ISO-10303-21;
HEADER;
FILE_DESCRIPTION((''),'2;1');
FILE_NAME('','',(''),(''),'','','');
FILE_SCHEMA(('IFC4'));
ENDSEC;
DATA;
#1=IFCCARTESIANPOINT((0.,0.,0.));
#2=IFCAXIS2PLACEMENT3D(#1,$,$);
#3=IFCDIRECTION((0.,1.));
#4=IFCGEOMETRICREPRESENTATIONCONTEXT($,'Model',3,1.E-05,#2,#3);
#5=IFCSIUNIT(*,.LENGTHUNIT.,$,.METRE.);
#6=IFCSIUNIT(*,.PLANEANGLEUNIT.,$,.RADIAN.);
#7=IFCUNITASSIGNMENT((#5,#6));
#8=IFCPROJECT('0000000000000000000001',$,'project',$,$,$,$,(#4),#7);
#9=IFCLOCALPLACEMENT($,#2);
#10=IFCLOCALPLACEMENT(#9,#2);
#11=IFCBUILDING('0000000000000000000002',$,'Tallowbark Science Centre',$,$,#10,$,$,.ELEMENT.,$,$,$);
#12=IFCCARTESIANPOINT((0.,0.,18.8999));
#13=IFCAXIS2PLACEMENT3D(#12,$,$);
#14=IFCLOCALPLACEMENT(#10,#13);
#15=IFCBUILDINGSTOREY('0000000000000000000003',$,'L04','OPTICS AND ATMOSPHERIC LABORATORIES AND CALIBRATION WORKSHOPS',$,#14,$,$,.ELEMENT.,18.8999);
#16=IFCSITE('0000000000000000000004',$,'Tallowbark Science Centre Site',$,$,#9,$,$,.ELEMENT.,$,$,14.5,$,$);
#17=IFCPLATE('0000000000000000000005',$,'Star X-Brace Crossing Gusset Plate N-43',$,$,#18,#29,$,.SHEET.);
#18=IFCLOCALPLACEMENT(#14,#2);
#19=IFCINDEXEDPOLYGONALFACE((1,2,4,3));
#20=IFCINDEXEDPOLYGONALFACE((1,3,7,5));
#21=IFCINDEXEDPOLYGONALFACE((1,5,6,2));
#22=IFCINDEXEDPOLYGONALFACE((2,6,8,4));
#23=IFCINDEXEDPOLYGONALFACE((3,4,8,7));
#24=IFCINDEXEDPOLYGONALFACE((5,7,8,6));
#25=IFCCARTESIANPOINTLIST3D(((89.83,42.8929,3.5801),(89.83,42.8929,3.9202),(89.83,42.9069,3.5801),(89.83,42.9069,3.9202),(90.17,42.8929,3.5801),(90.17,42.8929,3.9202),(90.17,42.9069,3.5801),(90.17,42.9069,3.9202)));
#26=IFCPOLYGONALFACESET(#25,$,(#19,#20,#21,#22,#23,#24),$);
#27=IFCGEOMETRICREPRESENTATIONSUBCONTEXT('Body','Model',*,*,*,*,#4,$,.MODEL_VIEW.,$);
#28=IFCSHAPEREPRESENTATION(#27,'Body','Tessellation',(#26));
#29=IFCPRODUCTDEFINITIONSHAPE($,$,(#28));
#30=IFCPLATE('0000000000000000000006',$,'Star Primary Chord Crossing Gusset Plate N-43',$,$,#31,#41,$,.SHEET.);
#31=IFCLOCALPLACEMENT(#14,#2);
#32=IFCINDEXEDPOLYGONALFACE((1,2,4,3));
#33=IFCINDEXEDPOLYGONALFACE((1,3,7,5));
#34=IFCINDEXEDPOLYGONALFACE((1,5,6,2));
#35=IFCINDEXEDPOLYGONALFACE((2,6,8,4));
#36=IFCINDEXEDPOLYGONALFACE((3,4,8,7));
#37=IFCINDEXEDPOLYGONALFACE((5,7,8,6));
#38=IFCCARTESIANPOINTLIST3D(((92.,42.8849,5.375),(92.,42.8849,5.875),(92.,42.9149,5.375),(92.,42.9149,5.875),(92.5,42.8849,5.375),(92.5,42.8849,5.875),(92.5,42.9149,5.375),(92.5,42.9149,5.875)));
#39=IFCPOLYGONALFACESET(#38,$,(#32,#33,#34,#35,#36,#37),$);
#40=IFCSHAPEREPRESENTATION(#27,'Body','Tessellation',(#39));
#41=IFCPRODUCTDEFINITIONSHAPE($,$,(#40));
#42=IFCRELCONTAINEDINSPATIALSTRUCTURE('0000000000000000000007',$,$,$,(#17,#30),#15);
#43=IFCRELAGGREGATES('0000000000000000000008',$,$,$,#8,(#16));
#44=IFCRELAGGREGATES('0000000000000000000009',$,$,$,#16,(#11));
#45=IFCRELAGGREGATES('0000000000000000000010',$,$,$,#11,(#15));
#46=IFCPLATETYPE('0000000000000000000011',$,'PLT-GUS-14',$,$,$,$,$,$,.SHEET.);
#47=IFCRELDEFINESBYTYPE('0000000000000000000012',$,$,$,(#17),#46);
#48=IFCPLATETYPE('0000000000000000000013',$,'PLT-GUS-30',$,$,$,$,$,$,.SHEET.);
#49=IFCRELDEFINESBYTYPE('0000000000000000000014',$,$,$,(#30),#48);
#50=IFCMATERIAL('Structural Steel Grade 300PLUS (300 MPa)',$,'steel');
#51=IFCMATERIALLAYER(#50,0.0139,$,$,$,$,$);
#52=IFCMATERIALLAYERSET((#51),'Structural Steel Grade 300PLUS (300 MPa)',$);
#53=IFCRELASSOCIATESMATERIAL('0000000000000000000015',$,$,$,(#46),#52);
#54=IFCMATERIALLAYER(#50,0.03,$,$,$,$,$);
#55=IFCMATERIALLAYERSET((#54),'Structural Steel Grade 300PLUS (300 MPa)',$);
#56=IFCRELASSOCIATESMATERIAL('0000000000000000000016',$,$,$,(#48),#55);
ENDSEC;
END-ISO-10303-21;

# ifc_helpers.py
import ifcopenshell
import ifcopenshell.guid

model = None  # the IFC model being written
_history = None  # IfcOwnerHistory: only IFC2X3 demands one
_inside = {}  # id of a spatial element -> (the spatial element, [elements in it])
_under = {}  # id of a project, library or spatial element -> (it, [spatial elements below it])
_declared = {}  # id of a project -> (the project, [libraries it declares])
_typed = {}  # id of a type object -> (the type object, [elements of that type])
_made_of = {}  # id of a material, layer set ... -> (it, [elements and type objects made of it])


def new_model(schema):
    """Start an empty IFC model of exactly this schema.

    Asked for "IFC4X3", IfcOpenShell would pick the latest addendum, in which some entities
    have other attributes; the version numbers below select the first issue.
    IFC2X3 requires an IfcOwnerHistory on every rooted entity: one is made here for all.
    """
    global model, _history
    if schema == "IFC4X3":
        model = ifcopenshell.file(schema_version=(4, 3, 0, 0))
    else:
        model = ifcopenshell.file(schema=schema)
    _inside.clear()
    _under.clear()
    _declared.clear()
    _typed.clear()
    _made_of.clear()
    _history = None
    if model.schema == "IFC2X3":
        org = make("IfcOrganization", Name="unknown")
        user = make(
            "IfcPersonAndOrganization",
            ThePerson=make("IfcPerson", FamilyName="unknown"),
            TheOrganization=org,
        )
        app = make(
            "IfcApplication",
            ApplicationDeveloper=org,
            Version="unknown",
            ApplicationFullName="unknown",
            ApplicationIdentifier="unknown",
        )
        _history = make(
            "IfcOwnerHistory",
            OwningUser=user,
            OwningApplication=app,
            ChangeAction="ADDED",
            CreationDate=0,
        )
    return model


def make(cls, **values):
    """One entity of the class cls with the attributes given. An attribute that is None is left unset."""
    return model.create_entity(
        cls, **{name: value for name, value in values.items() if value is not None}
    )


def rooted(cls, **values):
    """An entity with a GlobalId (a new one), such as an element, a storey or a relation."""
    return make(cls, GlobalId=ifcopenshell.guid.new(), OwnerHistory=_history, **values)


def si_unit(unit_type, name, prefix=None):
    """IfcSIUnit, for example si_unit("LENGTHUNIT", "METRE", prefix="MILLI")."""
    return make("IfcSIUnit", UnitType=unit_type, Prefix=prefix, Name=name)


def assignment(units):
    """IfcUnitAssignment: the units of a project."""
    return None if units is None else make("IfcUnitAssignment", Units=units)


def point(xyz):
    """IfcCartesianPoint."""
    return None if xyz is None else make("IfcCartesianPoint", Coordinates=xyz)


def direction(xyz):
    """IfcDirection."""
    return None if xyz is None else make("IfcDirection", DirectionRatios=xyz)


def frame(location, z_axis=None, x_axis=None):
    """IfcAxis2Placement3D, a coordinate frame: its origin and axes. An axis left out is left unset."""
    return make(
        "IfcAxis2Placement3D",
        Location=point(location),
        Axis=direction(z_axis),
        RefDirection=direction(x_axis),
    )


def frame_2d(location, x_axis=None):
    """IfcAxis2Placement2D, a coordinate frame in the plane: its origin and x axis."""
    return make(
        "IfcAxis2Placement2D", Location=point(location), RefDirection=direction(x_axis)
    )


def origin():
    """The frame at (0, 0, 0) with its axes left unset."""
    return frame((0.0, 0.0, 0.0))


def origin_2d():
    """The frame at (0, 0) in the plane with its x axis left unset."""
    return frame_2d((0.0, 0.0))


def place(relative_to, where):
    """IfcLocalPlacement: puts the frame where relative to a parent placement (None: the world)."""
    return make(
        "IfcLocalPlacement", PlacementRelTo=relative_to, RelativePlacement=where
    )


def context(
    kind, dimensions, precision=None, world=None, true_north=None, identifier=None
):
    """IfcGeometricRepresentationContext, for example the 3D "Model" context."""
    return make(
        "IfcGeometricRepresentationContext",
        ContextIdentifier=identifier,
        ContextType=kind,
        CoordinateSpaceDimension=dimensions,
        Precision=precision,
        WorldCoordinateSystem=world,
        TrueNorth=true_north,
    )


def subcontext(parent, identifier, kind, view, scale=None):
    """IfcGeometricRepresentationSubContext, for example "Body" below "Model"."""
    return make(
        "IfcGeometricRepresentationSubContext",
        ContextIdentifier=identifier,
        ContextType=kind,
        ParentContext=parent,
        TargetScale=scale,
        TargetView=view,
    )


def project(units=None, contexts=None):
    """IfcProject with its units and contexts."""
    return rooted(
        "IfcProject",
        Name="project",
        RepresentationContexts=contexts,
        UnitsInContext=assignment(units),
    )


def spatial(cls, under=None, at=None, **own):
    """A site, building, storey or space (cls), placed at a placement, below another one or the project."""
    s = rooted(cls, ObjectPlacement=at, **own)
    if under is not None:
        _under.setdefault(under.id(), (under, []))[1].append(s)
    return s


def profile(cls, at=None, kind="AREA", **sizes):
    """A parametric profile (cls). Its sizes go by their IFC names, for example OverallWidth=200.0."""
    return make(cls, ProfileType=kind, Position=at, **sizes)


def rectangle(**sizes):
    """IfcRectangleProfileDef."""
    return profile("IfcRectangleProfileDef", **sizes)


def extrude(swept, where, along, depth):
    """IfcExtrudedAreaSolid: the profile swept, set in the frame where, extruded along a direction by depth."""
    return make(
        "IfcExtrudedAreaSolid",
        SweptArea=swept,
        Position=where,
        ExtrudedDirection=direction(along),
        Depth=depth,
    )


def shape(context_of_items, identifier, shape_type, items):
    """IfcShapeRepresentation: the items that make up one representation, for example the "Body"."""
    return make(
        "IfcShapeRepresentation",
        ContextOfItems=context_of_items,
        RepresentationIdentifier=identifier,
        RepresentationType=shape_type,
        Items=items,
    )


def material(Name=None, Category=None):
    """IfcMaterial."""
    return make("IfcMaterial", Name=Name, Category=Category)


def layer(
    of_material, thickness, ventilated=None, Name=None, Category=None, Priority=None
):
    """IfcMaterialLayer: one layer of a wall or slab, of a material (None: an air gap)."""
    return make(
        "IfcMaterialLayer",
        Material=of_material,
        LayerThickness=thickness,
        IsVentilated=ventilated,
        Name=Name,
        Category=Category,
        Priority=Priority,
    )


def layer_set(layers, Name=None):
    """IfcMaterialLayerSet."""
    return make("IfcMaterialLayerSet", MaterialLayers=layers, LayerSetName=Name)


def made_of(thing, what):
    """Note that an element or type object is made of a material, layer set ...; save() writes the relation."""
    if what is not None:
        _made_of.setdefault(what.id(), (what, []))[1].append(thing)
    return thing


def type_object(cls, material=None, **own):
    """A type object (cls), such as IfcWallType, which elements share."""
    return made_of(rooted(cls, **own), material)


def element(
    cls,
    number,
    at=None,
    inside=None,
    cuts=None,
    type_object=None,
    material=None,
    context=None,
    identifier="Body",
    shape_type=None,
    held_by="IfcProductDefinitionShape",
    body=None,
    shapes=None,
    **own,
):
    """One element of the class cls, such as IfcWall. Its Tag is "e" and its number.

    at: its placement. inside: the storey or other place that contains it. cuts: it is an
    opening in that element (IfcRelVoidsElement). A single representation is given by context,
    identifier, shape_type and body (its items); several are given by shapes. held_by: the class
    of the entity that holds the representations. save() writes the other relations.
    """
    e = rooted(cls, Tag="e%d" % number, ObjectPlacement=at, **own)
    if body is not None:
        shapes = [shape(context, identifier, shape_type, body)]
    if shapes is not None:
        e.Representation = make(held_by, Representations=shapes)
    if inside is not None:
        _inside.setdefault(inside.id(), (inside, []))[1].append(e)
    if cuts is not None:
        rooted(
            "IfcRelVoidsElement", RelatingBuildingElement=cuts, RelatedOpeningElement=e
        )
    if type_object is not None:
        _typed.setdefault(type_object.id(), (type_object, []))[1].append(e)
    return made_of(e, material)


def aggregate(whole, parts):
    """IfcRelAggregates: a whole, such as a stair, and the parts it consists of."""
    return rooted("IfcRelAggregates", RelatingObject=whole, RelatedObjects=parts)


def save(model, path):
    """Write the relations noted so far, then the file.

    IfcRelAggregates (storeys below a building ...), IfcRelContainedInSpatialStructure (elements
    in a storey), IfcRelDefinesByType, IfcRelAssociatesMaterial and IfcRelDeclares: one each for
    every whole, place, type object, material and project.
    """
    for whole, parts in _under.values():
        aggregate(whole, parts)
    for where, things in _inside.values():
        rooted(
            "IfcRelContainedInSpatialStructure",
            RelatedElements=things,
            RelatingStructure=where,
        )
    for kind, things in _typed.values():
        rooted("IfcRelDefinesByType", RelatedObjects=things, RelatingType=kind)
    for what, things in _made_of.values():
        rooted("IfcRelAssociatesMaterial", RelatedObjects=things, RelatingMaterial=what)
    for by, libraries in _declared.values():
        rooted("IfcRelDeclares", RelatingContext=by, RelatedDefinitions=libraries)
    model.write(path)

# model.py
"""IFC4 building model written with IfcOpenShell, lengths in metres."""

from ifc_helpers import new_model, si_unit, direction, frame, origin, origin_2d, place, context, subcontext, project, spatial, rectangle, extrude, material, layer, layer_set, type_object, element, save


model = new_model("IFC4")

# Units and contexts
model_context = context("Model", 3, precision=1e-05, world=origin(), true_north=direction((0.0, 1.0)))
body_context = subcontext(model_context, "Body", "Model", "MODEL_VIEW")
ifc_project = project(units=[si_unit("LENGTHUNIT", "METRE"), si_unit("PLANEANGLEUNIT", "RADIAN")], contexts=[model_context])

# Site, building, storey
site_placement = place(None, origin())
site = spatial("IfcSite", under=ifc_project, at=site_placement, Name="Tallowbark Science Centre Site", CompositionType="ELEMENT", RefElevation=14.5)
building_placement = place(site_placement, origin())
building = spatial("IfcBuilding", under=site, at=building_placement, Name="Tallowbark Science Centre", CompositionType="ELEMENT")
storey_placement = place(building_placement, frame((0.0, 0.0, 18.8999)))
storey = spatial("IfcBuildingStorey", under=building, at=storey_placement, Name="L04", Description="OPTICS AND ATMOSPHERIC LABORATORIES AND CALIBRATION WORKSHOPS", CompositionType="ELEMENT", Elevation=18.8999)

# Plates
ifc_material_1 = material(Name="Structural Steel Grade 300PLUS (300 MPa)", Category="steel")
ifc_layer_1 = layer(ifc_material_1, 0.0139)
ifc_layer_set_1 = layer_set([ifc_layer_1], Name="Structural Steel Grade 300PLUS (300 MPa)")
plate_type_1 = type_object("IfcPlateType", Name="PLT-GUS-14", PredefinedType="SHEET", material=ifc_layer_set_1)
plate_1_placement = place(storey_placement, frame((90.0, 42.8999, 3.5801), z_axis=(0.0, 0.0, 1.0), x_axis=(1.0, 0.0, 0.0)))
element("IfcPlate", 1, at=plate_1_placement, inside=storey, type_object=plate_type_1, Name="Star X-Brace Crossing Gusset Plate N-43", PredefinedType="SHEET", context=body_context, shape_type="SweptSolid", body=[
    extrude(rectangle(XDim=0.3401, YDim=0.0139, at=origin_2d()), origin(), (0.0, 0.0, 1.0), 0.3401),
])
ifc_layer_2 = layer(ifc_material_1, 0.03)
ifc_layer_set_2 = layer_set([ifc_layer_2], Name="Structural Steel Grade 300PLUS (300 MPa)")
plate_type_2 = type_object("IfcPlateType", Name="PLT-GUS-30", PredefinedType="SHEET", material=ifc_layer_set_2)
plate_2_placement = place(storey_placement, frame((92.25, 42.8999, 5.375), z_axis=(0.0, 0.0, 1.0), x_axis=(1.0, 0.0, 0.0)))
element("IfcPlate", 2, at=plate_2_placement, inside=storey, type_object=plate_type_2, Name="Star Primary Chord Crossing Gusset Plate N-43", PredefinedType="SHEET", context=body_context, shape_type="SweptSolid", body=[
    extrude(rectangle(XDim=0.5, YDim=0.03, at=origin_2d()), origin(), (0.0, 0.0, 1.0), 0.5),
])

save(model, "model.ifc")
